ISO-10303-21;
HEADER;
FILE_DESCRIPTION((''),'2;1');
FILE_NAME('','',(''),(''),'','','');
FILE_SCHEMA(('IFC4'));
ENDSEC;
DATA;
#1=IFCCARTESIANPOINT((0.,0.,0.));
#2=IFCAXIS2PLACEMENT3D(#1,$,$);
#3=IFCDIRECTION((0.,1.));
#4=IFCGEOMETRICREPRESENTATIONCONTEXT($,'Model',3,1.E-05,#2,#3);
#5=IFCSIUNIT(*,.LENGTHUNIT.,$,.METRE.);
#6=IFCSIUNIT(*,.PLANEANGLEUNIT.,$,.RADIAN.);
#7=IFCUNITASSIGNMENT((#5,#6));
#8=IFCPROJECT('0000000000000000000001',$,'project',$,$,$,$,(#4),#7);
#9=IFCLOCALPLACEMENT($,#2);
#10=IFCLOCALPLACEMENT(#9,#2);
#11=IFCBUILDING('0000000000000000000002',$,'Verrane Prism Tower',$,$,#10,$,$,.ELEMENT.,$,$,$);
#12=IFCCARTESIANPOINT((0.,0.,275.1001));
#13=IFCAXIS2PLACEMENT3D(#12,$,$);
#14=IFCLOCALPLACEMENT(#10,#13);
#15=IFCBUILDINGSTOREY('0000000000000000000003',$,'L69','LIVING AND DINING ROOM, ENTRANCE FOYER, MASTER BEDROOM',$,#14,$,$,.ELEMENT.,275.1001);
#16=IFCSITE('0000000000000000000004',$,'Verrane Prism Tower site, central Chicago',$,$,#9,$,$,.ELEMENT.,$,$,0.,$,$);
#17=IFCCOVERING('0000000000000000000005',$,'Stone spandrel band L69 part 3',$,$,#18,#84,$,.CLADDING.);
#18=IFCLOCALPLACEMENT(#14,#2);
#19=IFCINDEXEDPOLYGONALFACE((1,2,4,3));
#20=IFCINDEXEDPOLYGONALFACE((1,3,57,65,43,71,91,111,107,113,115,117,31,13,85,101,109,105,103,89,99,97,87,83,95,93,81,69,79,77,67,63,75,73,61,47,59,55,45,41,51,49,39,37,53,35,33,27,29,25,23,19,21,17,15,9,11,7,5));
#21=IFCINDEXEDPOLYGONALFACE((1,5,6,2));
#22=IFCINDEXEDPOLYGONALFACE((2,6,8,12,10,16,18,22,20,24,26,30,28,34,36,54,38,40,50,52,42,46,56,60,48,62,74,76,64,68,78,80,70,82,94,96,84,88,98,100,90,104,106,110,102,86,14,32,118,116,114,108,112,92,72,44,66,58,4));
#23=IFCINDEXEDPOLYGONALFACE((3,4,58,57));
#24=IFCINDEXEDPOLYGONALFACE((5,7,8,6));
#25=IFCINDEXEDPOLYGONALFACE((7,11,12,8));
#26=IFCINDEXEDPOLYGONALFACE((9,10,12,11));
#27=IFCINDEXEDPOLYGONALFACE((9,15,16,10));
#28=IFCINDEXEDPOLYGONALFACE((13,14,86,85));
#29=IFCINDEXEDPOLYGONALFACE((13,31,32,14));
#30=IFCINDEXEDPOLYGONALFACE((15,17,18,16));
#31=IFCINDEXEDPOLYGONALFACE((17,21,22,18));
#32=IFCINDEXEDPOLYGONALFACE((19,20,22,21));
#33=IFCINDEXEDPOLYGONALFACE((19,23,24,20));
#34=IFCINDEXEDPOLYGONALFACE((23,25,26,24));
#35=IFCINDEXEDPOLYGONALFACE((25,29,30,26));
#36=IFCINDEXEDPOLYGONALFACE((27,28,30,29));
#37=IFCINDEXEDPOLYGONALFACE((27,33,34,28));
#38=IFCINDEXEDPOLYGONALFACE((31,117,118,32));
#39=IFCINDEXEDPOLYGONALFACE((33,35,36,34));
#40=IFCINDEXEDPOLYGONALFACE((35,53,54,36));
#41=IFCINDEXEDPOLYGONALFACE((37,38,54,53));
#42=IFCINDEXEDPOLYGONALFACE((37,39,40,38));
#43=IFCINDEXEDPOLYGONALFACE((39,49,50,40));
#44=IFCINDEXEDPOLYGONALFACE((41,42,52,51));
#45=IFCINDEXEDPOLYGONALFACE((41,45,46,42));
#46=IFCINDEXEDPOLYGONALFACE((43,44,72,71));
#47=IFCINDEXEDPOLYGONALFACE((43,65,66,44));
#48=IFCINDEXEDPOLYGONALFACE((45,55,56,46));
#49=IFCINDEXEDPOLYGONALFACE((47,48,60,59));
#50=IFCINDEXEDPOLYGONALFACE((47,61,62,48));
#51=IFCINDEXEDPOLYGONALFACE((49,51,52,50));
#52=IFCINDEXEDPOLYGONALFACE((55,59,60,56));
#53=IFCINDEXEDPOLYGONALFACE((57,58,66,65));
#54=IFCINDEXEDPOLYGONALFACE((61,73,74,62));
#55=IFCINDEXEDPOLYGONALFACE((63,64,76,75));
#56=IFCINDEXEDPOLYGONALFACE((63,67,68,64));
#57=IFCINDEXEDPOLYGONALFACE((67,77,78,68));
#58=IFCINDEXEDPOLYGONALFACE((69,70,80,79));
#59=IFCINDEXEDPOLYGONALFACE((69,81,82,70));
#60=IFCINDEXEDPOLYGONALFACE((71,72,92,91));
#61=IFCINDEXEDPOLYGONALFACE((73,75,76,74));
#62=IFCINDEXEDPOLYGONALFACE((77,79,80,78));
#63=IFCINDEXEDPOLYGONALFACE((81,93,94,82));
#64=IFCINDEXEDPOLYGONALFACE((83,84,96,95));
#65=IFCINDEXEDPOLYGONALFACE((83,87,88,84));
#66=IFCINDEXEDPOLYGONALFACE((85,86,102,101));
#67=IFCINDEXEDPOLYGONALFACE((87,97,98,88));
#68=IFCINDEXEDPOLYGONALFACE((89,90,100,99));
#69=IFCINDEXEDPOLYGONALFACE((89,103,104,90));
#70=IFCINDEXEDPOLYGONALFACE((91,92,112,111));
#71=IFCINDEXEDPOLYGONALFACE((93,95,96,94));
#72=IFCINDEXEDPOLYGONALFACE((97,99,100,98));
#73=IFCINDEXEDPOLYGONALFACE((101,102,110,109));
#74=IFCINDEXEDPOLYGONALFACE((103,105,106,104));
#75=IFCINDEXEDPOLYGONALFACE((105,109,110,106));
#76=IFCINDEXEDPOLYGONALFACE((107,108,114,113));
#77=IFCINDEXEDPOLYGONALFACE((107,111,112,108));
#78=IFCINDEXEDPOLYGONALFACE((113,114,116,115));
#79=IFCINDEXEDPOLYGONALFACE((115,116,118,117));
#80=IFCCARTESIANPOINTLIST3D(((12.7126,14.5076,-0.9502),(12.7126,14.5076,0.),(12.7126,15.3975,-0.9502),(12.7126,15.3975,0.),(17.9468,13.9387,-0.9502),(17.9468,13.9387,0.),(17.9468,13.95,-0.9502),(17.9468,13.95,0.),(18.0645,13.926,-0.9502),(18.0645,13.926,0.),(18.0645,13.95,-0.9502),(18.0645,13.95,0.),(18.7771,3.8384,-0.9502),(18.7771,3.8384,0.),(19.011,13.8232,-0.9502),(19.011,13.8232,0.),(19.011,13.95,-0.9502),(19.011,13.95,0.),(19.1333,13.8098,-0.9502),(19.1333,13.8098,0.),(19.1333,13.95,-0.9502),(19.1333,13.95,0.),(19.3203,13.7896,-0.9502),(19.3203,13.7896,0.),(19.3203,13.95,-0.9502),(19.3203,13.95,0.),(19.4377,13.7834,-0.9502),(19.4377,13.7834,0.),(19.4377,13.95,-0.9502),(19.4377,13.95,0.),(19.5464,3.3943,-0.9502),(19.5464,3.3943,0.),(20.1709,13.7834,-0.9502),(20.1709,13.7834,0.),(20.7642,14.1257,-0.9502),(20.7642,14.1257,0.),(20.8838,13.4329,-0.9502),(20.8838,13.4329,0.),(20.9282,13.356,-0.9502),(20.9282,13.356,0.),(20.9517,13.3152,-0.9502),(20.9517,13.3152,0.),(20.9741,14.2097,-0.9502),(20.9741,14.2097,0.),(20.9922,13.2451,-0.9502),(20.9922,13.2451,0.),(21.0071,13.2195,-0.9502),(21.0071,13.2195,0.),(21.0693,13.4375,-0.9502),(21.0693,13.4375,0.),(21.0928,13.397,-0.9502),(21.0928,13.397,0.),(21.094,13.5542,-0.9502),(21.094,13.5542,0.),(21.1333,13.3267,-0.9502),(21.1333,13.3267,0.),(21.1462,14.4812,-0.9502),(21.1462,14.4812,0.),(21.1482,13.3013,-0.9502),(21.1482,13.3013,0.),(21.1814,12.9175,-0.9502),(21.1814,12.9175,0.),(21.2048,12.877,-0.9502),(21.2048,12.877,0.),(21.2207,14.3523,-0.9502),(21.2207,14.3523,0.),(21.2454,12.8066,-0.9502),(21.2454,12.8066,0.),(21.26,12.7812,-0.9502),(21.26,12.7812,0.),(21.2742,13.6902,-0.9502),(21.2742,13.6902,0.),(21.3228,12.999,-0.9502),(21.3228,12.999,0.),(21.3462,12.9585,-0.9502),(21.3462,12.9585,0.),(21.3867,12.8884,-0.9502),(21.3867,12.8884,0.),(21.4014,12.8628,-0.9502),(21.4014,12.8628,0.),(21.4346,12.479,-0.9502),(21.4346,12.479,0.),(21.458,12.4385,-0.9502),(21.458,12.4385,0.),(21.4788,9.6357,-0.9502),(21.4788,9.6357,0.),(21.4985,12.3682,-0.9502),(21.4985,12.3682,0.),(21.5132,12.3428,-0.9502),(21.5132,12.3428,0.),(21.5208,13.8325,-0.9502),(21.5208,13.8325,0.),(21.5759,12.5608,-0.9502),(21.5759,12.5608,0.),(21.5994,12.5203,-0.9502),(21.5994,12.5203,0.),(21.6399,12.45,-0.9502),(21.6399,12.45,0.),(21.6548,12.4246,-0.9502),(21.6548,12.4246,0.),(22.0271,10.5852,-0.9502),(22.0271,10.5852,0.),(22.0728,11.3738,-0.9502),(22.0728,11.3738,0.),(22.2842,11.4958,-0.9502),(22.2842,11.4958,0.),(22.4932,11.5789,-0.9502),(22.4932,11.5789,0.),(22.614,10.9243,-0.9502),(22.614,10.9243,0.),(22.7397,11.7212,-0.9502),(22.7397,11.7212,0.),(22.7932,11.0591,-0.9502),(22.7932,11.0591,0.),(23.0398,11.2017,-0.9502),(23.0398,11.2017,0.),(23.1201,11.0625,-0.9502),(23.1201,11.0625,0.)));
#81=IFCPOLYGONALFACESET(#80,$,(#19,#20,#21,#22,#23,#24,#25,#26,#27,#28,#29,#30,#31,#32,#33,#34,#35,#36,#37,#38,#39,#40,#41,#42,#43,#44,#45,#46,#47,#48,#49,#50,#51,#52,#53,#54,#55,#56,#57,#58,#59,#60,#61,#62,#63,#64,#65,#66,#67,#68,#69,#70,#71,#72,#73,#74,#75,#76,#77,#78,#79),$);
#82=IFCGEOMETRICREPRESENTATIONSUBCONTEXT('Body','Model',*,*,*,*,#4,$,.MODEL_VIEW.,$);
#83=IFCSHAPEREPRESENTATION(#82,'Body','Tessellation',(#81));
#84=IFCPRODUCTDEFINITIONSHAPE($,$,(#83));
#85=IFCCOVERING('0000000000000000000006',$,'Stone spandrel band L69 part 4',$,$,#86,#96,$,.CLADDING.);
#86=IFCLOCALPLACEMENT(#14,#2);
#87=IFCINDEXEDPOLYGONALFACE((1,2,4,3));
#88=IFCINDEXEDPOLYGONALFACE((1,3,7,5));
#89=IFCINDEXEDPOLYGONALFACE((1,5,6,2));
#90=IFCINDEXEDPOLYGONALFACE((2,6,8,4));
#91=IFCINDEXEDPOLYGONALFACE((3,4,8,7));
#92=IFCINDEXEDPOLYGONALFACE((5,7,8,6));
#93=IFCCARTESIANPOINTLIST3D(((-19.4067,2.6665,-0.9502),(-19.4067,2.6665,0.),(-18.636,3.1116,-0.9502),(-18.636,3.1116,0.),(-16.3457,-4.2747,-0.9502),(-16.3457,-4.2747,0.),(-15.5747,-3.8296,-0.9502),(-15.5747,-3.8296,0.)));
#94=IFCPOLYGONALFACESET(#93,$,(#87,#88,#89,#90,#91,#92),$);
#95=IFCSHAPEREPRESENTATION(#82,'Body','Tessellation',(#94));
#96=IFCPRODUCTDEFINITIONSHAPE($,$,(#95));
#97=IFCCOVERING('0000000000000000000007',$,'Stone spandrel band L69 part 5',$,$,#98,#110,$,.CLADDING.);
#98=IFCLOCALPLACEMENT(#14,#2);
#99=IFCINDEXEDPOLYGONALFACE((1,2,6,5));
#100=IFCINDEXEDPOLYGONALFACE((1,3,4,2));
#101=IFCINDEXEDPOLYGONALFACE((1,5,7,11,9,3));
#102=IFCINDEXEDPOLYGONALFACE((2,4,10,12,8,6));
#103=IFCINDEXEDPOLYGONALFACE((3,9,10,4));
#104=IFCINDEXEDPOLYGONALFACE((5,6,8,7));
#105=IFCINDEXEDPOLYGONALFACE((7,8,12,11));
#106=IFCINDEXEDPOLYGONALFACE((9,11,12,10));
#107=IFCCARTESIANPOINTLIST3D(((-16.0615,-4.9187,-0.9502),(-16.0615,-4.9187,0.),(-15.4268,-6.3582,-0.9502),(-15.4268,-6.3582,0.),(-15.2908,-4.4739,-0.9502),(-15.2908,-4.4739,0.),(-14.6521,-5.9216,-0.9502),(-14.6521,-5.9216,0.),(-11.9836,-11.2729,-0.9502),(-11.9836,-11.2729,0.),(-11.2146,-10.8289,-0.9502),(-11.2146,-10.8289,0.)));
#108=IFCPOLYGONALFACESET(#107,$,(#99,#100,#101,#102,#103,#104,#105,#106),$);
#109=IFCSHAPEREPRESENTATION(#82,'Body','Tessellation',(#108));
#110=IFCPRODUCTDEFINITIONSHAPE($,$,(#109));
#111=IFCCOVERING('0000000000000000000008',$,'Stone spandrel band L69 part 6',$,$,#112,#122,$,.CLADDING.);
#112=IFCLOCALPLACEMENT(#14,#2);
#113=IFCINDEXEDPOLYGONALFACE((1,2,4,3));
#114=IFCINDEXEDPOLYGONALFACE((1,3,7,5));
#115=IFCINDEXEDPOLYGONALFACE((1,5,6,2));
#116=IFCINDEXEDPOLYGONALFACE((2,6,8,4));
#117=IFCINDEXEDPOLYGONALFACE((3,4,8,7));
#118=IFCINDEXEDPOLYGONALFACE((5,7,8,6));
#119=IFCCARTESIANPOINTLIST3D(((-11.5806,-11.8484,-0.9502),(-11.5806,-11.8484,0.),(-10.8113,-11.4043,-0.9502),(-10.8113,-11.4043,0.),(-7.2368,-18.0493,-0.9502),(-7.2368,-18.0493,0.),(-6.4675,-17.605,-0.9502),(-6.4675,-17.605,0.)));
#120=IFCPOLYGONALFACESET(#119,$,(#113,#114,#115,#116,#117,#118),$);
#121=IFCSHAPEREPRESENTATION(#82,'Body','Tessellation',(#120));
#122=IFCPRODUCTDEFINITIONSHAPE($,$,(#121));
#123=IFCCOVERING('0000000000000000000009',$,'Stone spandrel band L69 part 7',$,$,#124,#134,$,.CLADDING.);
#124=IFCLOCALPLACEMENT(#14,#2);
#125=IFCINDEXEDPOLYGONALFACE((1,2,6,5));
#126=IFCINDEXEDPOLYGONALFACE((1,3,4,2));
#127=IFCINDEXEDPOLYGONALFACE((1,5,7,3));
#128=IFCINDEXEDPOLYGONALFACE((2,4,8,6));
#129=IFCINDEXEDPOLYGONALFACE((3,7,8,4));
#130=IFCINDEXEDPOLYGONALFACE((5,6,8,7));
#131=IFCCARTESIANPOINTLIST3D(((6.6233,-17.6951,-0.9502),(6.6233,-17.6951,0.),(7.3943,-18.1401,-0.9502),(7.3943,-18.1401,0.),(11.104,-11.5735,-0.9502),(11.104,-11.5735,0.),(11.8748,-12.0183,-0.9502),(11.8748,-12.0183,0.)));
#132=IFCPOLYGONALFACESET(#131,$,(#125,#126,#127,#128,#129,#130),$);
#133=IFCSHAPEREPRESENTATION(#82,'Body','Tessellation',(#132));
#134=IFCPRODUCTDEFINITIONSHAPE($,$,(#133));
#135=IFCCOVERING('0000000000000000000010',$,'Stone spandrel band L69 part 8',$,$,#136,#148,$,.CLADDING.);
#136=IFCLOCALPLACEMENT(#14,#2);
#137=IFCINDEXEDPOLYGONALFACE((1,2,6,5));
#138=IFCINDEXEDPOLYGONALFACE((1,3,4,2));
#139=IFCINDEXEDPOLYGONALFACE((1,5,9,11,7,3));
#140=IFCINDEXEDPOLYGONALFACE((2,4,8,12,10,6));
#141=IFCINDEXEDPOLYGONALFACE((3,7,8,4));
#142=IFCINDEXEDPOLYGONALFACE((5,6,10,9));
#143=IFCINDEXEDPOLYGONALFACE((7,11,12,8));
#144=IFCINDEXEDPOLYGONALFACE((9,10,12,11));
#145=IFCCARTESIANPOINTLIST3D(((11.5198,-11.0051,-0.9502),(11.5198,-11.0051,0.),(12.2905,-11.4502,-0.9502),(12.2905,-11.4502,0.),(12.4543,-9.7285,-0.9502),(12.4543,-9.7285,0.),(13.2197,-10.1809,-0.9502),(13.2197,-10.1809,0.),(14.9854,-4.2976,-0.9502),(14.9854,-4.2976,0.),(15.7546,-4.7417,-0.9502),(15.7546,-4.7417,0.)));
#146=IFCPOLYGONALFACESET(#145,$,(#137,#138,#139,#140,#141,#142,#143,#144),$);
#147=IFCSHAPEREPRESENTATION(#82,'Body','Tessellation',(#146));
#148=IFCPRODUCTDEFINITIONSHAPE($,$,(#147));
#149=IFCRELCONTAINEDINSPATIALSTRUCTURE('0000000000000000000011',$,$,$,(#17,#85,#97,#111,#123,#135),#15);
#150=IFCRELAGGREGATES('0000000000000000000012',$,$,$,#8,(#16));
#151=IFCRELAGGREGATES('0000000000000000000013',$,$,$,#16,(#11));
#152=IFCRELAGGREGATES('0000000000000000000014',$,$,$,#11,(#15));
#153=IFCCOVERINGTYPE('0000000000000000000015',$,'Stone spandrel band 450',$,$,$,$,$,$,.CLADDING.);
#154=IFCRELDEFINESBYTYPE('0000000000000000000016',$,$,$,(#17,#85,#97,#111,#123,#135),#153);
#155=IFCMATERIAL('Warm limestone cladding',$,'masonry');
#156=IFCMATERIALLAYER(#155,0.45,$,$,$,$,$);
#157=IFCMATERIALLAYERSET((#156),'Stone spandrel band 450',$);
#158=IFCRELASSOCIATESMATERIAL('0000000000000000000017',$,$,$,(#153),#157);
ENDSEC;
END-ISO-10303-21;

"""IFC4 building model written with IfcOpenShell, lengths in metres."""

from ifc_helpers import new_model, si_unit, direction, frame, origin, place, context, subcontext, project, spatial, polyline, outline, extrude, material, layer, layer_set, type_object, element, save


model = new_model("IFC4")

# Units and contexts
model_context = context("Model", 3, precision=1e-05, world=origin(), true_north=direction((0.0, 1.0)))
body_context = subcontext(model_context, "Body", "Model", "MODEL_VIEW")
ifc_project = project(units=[si_unit("LENGTHUNIT", "METRE"), si_unit("PLANEANGLEUNIT", "RADIAN")], contexts=[model_context])

# Site, building, storey
site_placement = place(None, origin())
site = spatial("IfcSite", under=ifc_project, at=site_placement, Name="Verrane Prism Tower site, central Chicago", CompositionType="ELEMENT", RefElevation=0.0)
building_placement = place(site_placement, origin())
building = spatial("IfcBuilding", under=site, at=building_placement, Name="Verrane Prism Tower", CompositionType="ELEMENT")
storey_placement = place(building_placement, frame((0.0, 0.0, 275.1001)))
storey = spatial("IfcBuildingStorey", under=building, at=storey_placement, Name="L69", Description="LIVING AND DINING ROOM, ENTRANCE FOYER, MASTER BEDROOM", CompositionType="ELEMENT", Elevation=275.1001)

# Coverings
ifc_material_1 = material(Name="Warm limestone cladding", Category="masonry")
ifc_layer = layer(ifc_material_1, 0.45)
ifc_layer_set = layer_set([ifc_layer], Name="Stone spandrel band 450")
covering_type_1 = type_object("IfcCoveringType", Name="Stone spandrel band 450", PredefinedType="CLADDING", material=ifc_layer_set)
covering_1_placement = place(storey_placement, frame((0.0, 0.0, -0.9502)))
element("IfcCovering", 1, at=covering_1_placement, inside=storey, type_object=covering_type_1, Name="Stone spandrel band L69 part 3", PredefinedType="CLADDING", context=body_context, shape_type="SweptSolid", body=[
    extrude(outline(polyline([(12.7126, 14.5076), (17.9468, 13.9387), (17.9468, 13.95), (18.0645, 13.95), (18.0645, 13.926), (19.011, 13.8232), (19.011, 13.95), (19.1333, 13.95), (19.1333, 13.8098), (19.3203, 13.7896), (19.3203, 13.95), (19.4377, 13.95), (19.4377, 13.7834), (20.1709, 13.7834), (20.7642, 14.1257), (21.094, 13.5542), (20.8838, 13.4329), (20.9282, 13.356), (21.0693, 13.4375), (21.0928, 13.397), (20.9517, 13.3152), (20.9922, 13.2451), (21.1333, 13.3267), (21.1482, 13.3013), (21.0071, 13.2195), (21.1814, 12.9175), (21.3228, 12.999), (21.3462, 12.9585), (21.2048, 12.877), (21.2454, 12.8066), (21.3867, 12.8884), (21.4014, 12.8628), (21.26, 12.7812), (21.4346, 12.479), (21.5759, 12.5608), (21.5994, 12.5203), (21.458, 12.4385), (21.4985, 12.3682), (21.6399, 12.45), (21.6548, 12.4246), (21.5132, 12.3428), (22.0728, 11.3738), (22.2842, 11.4958), (22.614, 10.9243), (22.0271, 10.5852), (21.4788, 9.6357), (18.7771, 3.8384), (19.5464, 3.3943), (23.1201, 11.0625), (23.0398, 11.2017), (22.7932, 11.0591), (22.4932, 11.5789), (22.7397, 11.7212), (21.5208, 13.8325), (21.2742, 13.6902), (20.9741, 14.2097), (21.2207, 14.3523), (21.1462, 14.4812), (12.7126, 15.3975), (12.7126, 14.5076)])), origin(), (0.0, 0.0, 1.0), 0.9502),
])
covering_2_placement = place(storey_placement, frame((0.0, 0.0, -0.9502)))
element("IfcCovering", 2, at=covering_2_placement, inside=storey, type_object=covering_type_1, Name="Stone spandrel band L69 part 4", PredefinedType="CLADDING", context=body_context, shape_type="SweptSolid", body=[
    extrude(outline(polyline([(-15.5747, -3.8296), (-18.636, 3.1116), (-19.4067, 2.6665), (-16.3457, -4.2747), (-15.5747, -3.8296)])), origin(), (0.0, 0.0, 1.0), 0.9502),
])
covering_3_placement = place(storey_placement, frame((0.0, 0.0, -0.9502)))
element("IfcCovering", 3, at=covering_3_placement, inside=storey, type_object=covering_type_1, Name="Stone spandrel band L69 part 5", PredefinedType="CLADDING", context=body_context, shape_type="SweptSolid", body=[
    extrude(outline(polyline([(-11.9836, -11.2729), (-11.2146, -10.8289), (-14.6521, -5.9216), (-15.2908, -4.4739), (-16.0615, -4.9187), (-15.4268, -6.3582), (-11.9836, -11.2729)])), origin(), (0.0, 0.0, 1.0), 0.9502),
])
covering_4_placement = place(storey_placement, frame((0.0, 0.0, -0.9502)))
element("IfcCovering", 4, at=covering_4_placement, inside=storey, type_object=covering_type_1, Name="Stone spandrel band L69 part 6", PredefinedType="CLADDING", context=body_context, shape_type="SweptSolid", body=[
    extrude(outline(polyline([(-7.2368, -18.0493), (-6.4675, -17.605), (-10.8113, -11.4043), (-11.5806, -11.8484), (-7.2368, -18.0493)])), origin(), (0.0, 0.0, 1.0), 0.9502),
])
covering_5_placement = place(storey_placement, frame((0.0, 0.0, -0.9502)))
element("IfcCovering", 5, at=covering_5_placement, inside=storey, type_object=covering_type_1, Name="Stone spandrel band L69 part 7", PredefinedType="CLADDING", context=body_context, shape_type="SweptSolid", body=[
    extrude(outline(polyline([(11.8748, -12.0183), (11.104, -11.5735), (6.6233, -17.6951), (7.3943, -18.1401), (11.8748, -12.0183)])), origin(), (0.0, 0.0, 1.0), 0.9502),
])
covering_6_placement = place(storey_placement, frame((0.0, 0.0, -0.9502)))
element("IfcCovering", 6, at=covering_6_placement, inside=storey, type_object=covering_type_1, Name="Stone spandrel band L69 part 8", PredefinedType="CLADDING", context=body_context, shape_type="SweptSolid", body=[
    extrude(outline(polyline([(14.9854, -4.2976), (12.4543, -9.7285), (11.5198, -11.0051), (12.2905, -11.4502), (13.2197, -10.1809), (15.7546, -4.7417), (14.9854, -4.2976)])), origin(), (0.0, 0.0, 1.0), 0.9502),
])

save(model, "model.ifc")
